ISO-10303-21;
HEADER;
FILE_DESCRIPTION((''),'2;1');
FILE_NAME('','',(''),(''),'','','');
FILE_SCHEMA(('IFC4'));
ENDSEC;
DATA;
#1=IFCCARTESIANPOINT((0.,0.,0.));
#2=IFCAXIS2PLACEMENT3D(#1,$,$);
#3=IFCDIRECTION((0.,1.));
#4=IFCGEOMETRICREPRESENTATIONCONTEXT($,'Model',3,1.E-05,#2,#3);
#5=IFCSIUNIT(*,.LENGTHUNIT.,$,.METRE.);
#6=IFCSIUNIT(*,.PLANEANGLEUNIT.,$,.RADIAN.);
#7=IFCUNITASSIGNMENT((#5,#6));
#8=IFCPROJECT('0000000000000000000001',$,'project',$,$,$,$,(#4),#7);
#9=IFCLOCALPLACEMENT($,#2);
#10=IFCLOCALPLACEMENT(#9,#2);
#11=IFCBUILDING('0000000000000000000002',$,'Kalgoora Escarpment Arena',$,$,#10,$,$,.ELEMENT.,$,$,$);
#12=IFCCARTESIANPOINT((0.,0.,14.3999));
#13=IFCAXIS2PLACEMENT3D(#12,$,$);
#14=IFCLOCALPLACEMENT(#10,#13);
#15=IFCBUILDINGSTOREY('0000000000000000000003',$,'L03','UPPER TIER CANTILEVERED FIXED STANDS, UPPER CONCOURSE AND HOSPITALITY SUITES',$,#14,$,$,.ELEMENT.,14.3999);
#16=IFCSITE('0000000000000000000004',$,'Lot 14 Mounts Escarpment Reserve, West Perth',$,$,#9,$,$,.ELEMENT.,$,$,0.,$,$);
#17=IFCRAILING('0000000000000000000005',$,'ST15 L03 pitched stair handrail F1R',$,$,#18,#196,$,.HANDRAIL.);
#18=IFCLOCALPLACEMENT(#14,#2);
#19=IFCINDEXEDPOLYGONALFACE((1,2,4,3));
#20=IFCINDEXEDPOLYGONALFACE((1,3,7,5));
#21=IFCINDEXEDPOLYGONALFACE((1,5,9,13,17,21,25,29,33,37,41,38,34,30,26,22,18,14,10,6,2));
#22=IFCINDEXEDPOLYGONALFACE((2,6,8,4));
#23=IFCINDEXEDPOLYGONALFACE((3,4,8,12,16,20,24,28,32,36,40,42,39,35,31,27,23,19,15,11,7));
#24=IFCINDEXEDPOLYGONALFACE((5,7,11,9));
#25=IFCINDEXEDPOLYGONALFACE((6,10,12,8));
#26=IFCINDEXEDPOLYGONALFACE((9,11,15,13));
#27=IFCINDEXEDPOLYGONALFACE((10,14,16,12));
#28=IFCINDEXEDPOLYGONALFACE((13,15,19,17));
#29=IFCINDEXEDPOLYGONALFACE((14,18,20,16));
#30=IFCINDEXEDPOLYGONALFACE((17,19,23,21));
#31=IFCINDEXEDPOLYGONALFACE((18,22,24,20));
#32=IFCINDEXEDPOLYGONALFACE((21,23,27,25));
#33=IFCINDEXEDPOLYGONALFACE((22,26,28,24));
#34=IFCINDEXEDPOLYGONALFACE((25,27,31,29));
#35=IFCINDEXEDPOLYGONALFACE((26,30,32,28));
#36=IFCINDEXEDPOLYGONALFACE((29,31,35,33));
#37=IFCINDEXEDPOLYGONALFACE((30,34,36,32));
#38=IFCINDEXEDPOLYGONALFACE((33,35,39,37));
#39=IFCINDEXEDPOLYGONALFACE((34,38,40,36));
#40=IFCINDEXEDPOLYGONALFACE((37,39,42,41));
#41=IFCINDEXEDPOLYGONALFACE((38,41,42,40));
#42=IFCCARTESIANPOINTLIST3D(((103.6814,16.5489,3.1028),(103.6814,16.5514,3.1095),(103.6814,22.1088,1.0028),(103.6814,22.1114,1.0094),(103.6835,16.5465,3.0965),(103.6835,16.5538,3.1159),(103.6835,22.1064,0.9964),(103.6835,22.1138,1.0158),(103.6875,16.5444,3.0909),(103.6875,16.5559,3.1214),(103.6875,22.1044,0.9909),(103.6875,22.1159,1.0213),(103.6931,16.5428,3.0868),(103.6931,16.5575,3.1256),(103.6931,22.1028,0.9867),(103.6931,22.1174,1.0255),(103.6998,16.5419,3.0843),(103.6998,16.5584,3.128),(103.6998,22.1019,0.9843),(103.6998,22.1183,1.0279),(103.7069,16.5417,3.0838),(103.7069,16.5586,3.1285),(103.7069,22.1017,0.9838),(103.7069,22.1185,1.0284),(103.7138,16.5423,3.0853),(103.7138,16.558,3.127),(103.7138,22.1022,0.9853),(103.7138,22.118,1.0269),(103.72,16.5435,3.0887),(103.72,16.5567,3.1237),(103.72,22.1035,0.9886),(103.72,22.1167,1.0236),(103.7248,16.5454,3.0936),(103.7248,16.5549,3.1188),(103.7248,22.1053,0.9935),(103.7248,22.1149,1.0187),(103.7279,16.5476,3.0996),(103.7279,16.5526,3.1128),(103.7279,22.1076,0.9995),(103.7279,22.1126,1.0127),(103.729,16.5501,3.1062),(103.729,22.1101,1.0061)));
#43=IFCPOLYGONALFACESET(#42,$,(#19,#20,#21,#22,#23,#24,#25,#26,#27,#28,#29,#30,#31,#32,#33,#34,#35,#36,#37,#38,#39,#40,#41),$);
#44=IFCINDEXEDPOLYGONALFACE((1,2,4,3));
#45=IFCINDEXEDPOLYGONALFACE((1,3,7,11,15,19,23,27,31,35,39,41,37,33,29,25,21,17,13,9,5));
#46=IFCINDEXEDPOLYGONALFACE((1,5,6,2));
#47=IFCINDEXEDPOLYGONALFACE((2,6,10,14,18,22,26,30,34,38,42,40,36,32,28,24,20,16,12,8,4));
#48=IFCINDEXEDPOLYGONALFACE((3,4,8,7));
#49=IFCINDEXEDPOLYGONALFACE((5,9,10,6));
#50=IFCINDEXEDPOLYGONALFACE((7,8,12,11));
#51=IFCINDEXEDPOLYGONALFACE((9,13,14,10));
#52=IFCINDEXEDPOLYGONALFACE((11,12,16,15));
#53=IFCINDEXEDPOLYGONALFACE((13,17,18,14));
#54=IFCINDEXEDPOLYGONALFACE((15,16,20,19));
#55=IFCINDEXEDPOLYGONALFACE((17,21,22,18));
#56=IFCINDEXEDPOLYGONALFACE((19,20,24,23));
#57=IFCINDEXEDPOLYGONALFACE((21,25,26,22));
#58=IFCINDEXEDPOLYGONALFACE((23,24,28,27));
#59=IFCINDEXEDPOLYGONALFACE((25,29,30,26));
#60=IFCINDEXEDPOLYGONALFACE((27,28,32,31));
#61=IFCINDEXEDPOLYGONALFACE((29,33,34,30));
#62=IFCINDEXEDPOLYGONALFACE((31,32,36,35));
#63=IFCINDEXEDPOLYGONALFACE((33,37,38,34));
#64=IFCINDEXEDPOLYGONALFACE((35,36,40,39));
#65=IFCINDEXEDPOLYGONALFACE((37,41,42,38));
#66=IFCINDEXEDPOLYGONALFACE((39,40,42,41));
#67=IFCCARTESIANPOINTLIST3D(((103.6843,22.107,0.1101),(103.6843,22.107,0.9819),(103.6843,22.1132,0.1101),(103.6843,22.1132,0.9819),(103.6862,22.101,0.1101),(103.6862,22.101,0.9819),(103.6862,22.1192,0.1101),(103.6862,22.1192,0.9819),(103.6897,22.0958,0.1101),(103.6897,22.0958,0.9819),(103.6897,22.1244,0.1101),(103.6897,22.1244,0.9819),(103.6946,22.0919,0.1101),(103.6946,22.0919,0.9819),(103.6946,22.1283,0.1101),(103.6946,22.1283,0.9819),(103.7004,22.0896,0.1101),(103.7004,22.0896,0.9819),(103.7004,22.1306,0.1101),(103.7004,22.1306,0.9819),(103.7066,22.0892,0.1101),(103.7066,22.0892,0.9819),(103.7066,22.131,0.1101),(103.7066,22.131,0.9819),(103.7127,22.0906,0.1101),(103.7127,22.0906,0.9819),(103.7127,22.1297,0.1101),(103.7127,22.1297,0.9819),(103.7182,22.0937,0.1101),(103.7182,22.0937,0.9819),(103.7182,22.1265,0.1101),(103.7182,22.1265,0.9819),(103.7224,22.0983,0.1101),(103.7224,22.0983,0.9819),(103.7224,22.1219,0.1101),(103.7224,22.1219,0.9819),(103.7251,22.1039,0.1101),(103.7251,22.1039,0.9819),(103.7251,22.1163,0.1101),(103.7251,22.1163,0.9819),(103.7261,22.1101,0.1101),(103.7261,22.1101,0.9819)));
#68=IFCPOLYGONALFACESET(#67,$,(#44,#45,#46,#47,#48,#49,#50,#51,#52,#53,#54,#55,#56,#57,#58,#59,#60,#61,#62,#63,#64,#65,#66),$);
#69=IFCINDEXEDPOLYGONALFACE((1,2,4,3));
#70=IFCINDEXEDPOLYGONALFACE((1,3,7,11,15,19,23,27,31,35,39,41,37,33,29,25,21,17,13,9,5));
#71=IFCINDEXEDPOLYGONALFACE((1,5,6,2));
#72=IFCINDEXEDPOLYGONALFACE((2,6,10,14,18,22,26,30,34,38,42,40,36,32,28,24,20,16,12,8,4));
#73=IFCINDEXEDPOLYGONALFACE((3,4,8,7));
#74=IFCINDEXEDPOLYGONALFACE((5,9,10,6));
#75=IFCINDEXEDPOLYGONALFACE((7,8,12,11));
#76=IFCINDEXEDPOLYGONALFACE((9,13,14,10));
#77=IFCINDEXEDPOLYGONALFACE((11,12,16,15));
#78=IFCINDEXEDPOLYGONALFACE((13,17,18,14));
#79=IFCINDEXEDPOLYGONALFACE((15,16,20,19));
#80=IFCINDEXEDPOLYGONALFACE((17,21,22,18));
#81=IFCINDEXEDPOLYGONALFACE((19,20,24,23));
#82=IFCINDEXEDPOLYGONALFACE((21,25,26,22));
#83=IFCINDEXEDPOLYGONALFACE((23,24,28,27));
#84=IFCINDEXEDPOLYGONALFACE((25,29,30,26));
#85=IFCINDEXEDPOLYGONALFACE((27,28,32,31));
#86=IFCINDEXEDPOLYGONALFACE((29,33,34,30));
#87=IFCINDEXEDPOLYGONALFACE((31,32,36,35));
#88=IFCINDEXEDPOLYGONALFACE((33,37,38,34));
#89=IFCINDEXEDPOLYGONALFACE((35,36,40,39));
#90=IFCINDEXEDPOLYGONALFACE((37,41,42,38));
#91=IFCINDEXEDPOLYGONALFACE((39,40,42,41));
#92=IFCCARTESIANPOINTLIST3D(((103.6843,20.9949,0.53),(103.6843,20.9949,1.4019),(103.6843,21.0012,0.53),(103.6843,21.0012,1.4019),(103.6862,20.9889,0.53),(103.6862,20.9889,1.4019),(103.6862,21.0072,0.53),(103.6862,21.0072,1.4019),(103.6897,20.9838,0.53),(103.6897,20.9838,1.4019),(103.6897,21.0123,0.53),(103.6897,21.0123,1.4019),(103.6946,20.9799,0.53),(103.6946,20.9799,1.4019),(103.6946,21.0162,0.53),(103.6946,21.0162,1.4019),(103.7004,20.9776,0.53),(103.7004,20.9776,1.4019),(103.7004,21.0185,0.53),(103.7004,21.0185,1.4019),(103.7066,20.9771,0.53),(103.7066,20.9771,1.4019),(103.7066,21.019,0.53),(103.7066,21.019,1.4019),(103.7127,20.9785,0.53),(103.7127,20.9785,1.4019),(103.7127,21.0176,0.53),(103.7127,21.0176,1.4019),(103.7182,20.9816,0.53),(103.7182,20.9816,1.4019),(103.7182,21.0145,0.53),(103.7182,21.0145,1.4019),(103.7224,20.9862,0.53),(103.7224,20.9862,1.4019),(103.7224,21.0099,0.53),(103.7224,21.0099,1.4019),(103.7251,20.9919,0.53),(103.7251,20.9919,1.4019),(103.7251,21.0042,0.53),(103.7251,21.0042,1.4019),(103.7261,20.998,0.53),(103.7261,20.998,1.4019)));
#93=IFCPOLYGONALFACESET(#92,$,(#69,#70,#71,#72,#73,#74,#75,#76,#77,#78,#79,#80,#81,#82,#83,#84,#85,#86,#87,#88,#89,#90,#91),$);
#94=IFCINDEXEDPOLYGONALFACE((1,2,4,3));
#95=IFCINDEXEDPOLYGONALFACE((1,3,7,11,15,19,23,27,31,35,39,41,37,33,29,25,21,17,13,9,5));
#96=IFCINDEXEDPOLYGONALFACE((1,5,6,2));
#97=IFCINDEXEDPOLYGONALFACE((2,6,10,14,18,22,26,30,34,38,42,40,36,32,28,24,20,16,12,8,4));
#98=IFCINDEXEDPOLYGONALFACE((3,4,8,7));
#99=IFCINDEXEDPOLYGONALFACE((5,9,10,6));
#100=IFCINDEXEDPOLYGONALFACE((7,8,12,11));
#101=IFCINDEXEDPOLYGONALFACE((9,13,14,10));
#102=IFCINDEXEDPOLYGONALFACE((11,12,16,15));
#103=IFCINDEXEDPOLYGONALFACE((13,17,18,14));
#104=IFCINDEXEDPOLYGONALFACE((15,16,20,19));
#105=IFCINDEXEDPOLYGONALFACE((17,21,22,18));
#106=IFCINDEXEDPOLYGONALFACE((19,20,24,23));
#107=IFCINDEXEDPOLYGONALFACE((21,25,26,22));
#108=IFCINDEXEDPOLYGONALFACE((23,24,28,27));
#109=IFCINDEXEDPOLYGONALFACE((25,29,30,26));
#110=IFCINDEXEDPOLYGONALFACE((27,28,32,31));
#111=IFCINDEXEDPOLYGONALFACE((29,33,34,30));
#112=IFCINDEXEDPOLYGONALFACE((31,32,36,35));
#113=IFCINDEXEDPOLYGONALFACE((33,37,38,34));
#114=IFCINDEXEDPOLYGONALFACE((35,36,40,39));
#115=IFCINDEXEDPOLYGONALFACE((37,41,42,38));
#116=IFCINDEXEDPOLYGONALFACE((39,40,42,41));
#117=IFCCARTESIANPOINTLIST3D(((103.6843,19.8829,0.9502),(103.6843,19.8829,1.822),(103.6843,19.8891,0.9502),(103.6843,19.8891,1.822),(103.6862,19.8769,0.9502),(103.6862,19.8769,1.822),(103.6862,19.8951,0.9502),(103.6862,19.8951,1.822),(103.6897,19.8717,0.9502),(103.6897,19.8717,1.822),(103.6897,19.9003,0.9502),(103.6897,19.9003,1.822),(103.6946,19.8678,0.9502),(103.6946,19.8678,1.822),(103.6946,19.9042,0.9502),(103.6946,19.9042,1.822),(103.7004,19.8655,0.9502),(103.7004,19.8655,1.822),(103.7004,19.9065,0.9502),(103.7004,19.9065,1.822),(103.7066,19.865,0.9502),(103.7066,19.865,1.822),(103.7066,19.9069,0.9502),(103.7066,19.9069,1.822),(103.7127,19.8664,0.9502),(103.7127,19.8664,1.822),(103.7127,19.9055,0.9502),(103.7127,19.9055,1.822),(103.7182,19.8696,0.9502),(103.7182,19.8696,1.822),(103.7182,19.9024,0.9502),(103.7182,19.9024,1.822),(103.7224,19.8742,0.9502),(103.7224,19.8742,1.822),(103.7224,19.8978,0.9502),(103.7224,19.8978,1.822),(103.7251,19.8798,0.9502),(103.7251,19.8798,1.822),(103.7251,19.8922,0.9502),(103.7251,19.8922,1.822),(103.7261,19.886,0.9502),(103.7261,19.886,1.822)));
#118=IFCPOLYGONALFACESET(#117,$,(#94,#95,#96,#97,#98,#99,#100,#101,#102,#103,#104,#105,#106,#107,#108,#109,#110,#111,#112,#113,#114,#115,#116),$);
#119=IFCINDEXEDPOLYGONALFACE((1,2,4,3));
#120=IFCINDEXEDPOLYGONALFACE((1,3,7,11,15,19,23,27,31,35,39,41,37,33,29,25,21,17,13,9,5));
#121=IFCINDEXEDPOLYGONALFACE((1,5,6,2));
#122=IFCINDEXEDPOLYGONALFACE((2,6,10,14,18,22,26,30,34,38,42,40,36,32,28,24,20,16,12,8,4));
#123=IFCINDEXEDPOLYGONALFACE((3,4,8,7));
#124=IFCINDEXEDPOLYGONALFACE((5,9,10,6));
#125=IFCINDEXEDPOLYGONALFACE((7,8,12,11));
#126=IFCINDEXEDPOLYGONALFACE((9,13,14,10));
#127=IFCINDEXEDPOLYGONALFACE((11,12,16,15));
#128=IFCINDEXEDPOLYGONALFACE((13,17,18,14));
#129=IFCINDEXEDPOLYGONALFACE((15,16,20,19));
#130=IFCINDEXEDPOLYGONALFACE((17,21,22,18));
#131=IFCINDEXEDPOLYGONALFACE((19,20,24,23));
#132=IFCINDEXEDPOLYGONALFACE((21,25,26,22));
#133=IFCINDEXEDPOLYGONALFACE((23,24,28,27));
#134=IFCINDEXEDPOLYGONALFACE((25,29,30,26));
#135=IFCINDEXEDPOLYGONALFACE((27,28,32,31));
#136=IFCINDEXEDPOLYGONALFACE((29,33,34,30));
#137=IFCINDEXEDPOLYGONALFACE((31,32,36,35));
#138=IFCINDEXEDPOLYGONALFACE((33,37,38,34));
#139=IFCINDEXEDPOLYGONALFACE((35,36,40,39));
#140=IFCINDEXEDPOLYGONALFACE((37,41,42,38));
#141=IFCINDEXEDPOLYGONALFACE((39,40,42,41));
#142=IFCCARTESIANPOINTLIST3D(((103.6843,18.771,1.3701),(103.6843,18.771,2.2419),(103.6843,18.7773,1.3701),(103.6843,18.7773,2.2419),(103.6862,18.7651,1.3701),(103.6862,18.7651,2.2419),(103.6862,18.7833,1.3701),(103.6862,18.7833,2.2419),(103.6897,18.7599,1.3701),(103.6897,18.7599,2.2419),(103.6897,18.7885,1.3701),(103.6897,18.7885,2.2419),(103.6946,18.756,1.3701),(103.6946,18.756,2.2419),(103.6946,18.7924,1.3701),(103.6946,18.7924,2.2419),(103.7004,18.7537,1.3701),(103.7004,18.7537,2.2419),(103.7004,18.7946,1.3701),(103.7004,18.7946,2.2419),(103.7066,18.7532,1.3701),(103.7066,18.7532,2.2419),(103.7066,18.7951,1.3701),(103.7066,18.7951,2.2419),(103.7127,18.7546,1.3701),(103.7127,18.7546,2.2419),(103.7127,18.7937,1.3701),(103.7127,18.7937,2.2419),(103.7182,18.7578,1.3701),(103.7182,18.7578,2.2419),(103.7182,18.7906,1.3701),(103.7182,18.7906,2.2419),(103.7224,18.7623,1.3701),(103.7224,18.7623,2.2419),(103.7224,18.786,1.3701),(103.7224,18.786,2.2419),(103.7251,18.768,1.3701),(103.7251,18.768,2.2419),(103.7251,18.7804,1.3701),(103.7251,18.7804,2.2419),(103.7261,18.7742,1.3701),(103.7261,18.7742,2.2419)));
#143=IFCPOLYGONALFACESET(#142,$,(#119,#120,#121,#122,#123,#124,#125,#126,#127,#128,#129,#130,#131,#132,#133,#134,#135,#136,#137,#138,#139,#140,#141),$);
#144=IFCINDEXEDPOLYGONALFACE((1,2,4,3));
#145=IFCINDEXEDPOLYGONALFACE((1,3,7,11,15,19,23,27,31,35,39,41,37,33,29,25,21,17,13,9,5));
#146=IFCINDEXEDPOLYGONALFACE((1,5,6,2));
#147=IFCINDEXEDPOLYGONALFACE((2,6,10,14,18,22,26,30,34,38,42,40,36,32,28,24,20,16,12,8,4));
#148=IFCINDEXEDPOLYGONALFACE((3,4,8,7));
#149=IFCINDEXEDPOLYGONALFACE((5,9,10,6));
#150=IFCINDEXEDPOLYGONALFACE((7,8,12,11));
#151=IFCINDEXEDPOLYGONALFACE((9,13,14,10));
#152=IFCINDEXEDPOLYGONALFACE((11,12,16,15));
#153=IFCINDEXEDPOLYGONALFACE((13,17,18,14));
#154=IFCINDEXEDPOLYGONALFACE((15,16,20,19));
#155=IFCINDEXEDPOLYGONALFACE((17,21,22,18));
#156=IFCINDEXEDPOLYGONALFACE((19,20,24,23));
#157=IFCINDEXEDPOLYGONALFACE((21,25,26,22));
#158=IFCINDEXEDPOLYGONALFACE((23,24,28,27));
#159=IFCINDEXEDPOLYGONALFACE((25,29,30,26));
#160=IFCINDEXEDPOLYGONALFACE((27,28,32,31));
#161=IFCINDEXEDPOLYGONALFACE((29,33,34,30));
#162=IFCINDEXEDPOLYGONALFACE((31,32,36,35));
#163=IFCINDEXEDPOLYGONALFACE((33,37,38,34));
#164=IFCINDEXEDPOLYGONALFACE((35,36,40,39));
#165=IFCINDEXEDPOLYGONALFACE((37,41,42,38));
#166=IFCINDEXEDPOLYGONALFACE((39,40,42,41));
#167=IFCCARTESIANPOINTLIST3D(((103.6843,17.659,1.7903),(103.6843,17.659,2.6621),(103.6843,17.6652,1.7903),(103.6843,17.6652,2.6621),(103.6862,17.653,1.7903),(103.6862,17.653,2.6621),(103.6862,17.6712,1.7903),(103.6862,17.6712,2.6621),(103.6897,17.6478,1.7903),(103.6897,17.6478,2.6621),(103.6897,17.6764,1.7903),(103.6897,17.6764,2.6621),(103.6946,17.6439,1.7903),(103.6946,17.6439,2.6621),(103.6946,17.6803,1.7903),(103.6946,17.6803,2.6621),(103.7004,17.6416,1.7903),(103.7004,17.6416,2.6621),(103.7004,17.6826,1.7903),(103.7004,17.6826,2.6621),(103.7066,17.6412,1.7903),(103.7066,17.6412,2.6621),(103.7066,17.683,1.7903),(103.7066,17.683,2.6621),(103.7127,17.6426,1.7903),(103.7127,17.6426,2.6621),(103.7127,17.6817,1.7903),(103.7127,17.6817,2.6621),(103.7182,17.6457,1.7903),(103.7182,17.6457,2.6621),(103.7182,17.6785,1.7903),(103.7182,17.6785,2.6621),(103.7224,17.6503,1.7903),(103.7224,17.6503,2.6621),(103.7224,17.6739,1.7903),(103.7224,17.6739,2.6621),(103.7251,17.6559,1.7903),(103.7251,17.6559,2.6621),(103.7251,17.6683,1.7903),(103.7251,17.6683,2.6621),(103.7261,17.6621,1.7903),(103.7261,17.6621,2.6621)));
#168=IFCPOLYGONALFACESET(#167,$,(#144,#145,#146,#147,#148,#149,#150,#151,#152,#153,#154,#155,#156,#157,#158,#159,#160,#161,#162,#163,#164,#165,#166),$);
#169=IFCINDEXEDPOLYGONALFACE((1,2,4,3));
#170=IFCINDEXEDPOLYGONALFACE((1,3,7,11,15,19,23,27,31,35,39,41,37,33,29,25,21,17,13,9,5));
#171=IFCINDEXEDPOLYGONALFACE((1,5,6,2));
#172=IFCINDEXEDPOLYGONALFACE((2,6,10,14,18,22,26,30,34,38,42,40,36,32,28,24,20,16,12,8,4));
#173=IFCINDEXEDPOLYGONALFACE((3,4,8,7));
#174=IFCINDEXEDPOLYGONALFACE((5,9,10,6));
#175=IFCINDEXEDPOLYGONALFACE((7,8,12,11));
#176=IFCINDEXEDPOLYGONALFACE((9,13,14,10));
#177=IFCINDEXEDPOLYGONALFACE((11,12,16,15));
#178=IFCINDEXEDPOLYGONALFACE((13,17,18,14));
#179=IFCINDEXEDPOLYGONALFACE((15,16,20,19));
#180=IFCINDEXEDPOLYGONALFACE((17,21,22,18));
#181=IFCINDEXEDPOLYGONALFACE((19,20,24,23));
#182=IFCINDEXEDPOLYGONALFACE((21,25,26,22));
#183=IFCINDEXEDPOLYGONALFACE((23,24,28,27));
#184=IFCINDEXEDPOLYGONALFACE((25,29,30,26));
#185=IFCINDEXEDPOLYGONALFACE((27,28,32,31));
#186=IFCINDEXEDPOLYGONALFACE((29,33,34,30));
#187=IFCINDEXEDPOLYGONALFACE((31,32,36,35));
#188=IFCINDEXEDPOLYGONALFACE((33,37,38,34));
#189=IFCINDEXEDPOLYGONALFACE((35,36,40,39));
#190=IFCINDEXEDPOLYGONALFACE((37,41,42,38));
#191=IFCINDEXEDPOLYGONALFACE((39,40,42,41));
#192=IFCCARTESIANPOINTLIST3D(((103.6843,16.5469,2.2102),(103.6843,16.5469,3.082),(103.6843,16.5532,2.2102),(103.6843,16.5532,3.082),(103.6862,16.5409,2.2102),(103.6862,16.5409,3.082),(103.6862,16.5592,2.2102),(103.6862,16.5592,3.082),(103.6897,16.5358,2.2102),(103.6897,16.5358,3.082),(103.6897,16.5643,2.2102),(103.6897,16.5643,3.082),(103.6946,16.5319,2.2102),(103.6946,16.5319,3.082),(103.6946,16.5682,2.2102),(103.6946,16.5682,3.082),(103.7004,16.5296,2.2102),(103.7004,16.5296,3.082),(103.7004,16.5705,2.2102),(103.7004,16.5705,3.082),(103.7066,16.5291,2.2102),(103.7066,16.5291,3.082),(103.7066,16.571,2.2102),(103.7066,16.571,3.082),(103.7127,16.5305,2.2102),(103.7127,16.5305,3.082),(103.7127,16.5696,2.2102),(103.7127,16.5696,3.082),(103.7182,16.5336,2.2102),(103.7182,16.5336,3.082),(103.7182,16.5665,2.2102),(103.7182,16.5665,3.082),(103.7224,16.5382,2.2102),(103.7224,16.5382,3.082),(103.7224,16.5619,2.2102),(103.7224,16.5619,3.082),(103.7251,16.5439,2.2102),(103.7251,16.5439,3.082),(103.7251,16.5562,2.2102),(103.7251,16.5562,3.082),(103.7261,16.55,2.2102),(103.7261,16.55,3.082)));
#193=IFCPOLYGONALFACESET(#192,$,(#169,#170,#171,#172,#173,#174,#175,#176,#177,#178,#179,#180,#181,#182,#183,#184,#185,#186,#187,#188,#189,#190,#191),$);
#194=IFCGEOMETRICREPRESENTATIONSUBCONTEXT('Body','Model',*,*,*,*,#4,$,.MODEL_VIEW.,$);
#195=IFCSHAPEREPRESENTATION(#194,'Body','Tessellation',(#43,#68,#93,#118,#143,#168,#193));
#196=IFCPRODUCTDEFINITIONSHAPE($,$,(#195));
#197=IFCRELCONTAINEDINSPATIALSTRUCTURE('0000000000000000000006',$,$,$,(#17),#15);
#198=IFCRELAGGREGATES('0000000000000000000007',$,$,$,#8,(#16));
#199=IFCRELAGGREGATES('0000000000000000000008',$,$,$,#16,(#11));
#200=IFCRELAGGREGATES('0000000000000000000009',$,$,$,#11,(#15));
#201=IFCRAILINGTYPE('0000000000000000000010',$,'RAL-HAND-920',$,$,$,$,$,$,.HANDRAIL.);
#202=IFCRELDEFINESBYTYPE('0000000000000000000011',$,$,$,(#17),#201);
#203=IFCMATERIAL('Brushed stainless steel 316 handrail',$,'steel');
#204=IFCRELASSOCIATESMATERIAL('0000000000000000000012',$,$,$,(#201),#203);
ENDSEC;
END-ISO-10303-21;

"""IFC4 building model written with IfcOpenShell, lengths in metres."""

from ifc_helpers import new_model, si_unit, direction, frame, origin, origin_2d, place, context, subcontext, project, spatial, circle, extrude, material, type_object, element, save


model = new_model("IFC4")

# Units and contexts
model_context = context("Model", 3, precision=1e-05, world=origin(), true_north=direction((0.0, 1.0)))
body_context = subcontext(model_context, "Body", "Model", "MODEL_VIEW")
ifc_project = project(units=[si_unit("LENGTHUNIT", "METRE"), si_unit("PLANEANGLEUNIT", "RADIAN")], contexts=[model_context])

# Site, building, storey
site_placement = place(None, origin())
site = spatial("IfcSite", under=ifc_project, at=site_placement, Name="Lot 14 Mounts Escarpment Reserve, West Perth", CompositionType="ELEMENT", RefElevation=0.0)
building_placement = place(site_placement, origin())
building = spatial("IfcBuilding", under=site, at=building_placement, Name="Kalgoora Escarpment Arena", CompositionType="ELEMENT")
storey_placement = place(building_placement, frame((0.0, 0.0, 14.3999)))
storey = spatial("IfcBuildingStorey", under=building, at=storey_placement, Name="L03", Description="UPPER TIER CANTILEVERED FIXED STANDS, UPPER CONCOURSE AND HOSPITALITY SUITES", CompositionType="ELEMENT", Elevation=14.3999)

# Railing
ifc_material_1 = material(Name="Brushed stainless steel 316 handrail", Category="steel")
railing_type_1 = type_object("IfcRailingType", Name="RAL-HAND-920", PredefinedType="HANDRAIL", material=ifc_material_1)
for number, where, name in (
    (1, (103.7051, 22.1101, 0.1101), "ST15 L03 pitched stair handrail F1R"),
):
    element("IfcRailing", number, at=place(storey_placement, frame(where)), inside=storey, type_object=railing_type_1, Name=name, PredefinedType="HANDRAIL", context=body_context, shape_type="SweptSolid", body=[
        extrude(circle(Radius=0.0239, at=origin_2d()), frame((0.0, 0.0, 0.896), z_axis=(0.0, -0.935493, 0.353346), x_axis=(1.0, 0.0, 0.0)), (0.0, 0.0, 1.0), 5.9434),
        extrude(circle(Radius=0.021, at=origin_2d()), origin(), (0.0, 0.0, 1.0), 0.8718),
        extrude(circle(Radius=0.021, at=origin_2d()), frame((0.0, -1.1121, 0.4199)), (0.0, 0.0, 1.0), 0.8718),
        extrude(circle(Radius=0.021, at=origin_2d()), frame((0.0, -2.2241, 0.8401)), (0.0, 0.0, 1.0), 0.8718),
        extrude(circle(Radius=0.021, at=origin_2d()), frame((0.0, -3.3359, 1.26)), (0.0, 0.0, 1.0), 0.8718),
        extrude(circle(Radius=0.021, at=origin_2d()), frame((0.0, -4.448, 1.6802)), (0.0, 0.0, 1.0), 0.8718),
        extrude(circle(Radius=0.021, at=origin_2d()), frame((0.0, -5.5601, 2.1001)), (0.0, 0.0, 1.0), 0.8718),
    ])

save(model, "model.ifc")
